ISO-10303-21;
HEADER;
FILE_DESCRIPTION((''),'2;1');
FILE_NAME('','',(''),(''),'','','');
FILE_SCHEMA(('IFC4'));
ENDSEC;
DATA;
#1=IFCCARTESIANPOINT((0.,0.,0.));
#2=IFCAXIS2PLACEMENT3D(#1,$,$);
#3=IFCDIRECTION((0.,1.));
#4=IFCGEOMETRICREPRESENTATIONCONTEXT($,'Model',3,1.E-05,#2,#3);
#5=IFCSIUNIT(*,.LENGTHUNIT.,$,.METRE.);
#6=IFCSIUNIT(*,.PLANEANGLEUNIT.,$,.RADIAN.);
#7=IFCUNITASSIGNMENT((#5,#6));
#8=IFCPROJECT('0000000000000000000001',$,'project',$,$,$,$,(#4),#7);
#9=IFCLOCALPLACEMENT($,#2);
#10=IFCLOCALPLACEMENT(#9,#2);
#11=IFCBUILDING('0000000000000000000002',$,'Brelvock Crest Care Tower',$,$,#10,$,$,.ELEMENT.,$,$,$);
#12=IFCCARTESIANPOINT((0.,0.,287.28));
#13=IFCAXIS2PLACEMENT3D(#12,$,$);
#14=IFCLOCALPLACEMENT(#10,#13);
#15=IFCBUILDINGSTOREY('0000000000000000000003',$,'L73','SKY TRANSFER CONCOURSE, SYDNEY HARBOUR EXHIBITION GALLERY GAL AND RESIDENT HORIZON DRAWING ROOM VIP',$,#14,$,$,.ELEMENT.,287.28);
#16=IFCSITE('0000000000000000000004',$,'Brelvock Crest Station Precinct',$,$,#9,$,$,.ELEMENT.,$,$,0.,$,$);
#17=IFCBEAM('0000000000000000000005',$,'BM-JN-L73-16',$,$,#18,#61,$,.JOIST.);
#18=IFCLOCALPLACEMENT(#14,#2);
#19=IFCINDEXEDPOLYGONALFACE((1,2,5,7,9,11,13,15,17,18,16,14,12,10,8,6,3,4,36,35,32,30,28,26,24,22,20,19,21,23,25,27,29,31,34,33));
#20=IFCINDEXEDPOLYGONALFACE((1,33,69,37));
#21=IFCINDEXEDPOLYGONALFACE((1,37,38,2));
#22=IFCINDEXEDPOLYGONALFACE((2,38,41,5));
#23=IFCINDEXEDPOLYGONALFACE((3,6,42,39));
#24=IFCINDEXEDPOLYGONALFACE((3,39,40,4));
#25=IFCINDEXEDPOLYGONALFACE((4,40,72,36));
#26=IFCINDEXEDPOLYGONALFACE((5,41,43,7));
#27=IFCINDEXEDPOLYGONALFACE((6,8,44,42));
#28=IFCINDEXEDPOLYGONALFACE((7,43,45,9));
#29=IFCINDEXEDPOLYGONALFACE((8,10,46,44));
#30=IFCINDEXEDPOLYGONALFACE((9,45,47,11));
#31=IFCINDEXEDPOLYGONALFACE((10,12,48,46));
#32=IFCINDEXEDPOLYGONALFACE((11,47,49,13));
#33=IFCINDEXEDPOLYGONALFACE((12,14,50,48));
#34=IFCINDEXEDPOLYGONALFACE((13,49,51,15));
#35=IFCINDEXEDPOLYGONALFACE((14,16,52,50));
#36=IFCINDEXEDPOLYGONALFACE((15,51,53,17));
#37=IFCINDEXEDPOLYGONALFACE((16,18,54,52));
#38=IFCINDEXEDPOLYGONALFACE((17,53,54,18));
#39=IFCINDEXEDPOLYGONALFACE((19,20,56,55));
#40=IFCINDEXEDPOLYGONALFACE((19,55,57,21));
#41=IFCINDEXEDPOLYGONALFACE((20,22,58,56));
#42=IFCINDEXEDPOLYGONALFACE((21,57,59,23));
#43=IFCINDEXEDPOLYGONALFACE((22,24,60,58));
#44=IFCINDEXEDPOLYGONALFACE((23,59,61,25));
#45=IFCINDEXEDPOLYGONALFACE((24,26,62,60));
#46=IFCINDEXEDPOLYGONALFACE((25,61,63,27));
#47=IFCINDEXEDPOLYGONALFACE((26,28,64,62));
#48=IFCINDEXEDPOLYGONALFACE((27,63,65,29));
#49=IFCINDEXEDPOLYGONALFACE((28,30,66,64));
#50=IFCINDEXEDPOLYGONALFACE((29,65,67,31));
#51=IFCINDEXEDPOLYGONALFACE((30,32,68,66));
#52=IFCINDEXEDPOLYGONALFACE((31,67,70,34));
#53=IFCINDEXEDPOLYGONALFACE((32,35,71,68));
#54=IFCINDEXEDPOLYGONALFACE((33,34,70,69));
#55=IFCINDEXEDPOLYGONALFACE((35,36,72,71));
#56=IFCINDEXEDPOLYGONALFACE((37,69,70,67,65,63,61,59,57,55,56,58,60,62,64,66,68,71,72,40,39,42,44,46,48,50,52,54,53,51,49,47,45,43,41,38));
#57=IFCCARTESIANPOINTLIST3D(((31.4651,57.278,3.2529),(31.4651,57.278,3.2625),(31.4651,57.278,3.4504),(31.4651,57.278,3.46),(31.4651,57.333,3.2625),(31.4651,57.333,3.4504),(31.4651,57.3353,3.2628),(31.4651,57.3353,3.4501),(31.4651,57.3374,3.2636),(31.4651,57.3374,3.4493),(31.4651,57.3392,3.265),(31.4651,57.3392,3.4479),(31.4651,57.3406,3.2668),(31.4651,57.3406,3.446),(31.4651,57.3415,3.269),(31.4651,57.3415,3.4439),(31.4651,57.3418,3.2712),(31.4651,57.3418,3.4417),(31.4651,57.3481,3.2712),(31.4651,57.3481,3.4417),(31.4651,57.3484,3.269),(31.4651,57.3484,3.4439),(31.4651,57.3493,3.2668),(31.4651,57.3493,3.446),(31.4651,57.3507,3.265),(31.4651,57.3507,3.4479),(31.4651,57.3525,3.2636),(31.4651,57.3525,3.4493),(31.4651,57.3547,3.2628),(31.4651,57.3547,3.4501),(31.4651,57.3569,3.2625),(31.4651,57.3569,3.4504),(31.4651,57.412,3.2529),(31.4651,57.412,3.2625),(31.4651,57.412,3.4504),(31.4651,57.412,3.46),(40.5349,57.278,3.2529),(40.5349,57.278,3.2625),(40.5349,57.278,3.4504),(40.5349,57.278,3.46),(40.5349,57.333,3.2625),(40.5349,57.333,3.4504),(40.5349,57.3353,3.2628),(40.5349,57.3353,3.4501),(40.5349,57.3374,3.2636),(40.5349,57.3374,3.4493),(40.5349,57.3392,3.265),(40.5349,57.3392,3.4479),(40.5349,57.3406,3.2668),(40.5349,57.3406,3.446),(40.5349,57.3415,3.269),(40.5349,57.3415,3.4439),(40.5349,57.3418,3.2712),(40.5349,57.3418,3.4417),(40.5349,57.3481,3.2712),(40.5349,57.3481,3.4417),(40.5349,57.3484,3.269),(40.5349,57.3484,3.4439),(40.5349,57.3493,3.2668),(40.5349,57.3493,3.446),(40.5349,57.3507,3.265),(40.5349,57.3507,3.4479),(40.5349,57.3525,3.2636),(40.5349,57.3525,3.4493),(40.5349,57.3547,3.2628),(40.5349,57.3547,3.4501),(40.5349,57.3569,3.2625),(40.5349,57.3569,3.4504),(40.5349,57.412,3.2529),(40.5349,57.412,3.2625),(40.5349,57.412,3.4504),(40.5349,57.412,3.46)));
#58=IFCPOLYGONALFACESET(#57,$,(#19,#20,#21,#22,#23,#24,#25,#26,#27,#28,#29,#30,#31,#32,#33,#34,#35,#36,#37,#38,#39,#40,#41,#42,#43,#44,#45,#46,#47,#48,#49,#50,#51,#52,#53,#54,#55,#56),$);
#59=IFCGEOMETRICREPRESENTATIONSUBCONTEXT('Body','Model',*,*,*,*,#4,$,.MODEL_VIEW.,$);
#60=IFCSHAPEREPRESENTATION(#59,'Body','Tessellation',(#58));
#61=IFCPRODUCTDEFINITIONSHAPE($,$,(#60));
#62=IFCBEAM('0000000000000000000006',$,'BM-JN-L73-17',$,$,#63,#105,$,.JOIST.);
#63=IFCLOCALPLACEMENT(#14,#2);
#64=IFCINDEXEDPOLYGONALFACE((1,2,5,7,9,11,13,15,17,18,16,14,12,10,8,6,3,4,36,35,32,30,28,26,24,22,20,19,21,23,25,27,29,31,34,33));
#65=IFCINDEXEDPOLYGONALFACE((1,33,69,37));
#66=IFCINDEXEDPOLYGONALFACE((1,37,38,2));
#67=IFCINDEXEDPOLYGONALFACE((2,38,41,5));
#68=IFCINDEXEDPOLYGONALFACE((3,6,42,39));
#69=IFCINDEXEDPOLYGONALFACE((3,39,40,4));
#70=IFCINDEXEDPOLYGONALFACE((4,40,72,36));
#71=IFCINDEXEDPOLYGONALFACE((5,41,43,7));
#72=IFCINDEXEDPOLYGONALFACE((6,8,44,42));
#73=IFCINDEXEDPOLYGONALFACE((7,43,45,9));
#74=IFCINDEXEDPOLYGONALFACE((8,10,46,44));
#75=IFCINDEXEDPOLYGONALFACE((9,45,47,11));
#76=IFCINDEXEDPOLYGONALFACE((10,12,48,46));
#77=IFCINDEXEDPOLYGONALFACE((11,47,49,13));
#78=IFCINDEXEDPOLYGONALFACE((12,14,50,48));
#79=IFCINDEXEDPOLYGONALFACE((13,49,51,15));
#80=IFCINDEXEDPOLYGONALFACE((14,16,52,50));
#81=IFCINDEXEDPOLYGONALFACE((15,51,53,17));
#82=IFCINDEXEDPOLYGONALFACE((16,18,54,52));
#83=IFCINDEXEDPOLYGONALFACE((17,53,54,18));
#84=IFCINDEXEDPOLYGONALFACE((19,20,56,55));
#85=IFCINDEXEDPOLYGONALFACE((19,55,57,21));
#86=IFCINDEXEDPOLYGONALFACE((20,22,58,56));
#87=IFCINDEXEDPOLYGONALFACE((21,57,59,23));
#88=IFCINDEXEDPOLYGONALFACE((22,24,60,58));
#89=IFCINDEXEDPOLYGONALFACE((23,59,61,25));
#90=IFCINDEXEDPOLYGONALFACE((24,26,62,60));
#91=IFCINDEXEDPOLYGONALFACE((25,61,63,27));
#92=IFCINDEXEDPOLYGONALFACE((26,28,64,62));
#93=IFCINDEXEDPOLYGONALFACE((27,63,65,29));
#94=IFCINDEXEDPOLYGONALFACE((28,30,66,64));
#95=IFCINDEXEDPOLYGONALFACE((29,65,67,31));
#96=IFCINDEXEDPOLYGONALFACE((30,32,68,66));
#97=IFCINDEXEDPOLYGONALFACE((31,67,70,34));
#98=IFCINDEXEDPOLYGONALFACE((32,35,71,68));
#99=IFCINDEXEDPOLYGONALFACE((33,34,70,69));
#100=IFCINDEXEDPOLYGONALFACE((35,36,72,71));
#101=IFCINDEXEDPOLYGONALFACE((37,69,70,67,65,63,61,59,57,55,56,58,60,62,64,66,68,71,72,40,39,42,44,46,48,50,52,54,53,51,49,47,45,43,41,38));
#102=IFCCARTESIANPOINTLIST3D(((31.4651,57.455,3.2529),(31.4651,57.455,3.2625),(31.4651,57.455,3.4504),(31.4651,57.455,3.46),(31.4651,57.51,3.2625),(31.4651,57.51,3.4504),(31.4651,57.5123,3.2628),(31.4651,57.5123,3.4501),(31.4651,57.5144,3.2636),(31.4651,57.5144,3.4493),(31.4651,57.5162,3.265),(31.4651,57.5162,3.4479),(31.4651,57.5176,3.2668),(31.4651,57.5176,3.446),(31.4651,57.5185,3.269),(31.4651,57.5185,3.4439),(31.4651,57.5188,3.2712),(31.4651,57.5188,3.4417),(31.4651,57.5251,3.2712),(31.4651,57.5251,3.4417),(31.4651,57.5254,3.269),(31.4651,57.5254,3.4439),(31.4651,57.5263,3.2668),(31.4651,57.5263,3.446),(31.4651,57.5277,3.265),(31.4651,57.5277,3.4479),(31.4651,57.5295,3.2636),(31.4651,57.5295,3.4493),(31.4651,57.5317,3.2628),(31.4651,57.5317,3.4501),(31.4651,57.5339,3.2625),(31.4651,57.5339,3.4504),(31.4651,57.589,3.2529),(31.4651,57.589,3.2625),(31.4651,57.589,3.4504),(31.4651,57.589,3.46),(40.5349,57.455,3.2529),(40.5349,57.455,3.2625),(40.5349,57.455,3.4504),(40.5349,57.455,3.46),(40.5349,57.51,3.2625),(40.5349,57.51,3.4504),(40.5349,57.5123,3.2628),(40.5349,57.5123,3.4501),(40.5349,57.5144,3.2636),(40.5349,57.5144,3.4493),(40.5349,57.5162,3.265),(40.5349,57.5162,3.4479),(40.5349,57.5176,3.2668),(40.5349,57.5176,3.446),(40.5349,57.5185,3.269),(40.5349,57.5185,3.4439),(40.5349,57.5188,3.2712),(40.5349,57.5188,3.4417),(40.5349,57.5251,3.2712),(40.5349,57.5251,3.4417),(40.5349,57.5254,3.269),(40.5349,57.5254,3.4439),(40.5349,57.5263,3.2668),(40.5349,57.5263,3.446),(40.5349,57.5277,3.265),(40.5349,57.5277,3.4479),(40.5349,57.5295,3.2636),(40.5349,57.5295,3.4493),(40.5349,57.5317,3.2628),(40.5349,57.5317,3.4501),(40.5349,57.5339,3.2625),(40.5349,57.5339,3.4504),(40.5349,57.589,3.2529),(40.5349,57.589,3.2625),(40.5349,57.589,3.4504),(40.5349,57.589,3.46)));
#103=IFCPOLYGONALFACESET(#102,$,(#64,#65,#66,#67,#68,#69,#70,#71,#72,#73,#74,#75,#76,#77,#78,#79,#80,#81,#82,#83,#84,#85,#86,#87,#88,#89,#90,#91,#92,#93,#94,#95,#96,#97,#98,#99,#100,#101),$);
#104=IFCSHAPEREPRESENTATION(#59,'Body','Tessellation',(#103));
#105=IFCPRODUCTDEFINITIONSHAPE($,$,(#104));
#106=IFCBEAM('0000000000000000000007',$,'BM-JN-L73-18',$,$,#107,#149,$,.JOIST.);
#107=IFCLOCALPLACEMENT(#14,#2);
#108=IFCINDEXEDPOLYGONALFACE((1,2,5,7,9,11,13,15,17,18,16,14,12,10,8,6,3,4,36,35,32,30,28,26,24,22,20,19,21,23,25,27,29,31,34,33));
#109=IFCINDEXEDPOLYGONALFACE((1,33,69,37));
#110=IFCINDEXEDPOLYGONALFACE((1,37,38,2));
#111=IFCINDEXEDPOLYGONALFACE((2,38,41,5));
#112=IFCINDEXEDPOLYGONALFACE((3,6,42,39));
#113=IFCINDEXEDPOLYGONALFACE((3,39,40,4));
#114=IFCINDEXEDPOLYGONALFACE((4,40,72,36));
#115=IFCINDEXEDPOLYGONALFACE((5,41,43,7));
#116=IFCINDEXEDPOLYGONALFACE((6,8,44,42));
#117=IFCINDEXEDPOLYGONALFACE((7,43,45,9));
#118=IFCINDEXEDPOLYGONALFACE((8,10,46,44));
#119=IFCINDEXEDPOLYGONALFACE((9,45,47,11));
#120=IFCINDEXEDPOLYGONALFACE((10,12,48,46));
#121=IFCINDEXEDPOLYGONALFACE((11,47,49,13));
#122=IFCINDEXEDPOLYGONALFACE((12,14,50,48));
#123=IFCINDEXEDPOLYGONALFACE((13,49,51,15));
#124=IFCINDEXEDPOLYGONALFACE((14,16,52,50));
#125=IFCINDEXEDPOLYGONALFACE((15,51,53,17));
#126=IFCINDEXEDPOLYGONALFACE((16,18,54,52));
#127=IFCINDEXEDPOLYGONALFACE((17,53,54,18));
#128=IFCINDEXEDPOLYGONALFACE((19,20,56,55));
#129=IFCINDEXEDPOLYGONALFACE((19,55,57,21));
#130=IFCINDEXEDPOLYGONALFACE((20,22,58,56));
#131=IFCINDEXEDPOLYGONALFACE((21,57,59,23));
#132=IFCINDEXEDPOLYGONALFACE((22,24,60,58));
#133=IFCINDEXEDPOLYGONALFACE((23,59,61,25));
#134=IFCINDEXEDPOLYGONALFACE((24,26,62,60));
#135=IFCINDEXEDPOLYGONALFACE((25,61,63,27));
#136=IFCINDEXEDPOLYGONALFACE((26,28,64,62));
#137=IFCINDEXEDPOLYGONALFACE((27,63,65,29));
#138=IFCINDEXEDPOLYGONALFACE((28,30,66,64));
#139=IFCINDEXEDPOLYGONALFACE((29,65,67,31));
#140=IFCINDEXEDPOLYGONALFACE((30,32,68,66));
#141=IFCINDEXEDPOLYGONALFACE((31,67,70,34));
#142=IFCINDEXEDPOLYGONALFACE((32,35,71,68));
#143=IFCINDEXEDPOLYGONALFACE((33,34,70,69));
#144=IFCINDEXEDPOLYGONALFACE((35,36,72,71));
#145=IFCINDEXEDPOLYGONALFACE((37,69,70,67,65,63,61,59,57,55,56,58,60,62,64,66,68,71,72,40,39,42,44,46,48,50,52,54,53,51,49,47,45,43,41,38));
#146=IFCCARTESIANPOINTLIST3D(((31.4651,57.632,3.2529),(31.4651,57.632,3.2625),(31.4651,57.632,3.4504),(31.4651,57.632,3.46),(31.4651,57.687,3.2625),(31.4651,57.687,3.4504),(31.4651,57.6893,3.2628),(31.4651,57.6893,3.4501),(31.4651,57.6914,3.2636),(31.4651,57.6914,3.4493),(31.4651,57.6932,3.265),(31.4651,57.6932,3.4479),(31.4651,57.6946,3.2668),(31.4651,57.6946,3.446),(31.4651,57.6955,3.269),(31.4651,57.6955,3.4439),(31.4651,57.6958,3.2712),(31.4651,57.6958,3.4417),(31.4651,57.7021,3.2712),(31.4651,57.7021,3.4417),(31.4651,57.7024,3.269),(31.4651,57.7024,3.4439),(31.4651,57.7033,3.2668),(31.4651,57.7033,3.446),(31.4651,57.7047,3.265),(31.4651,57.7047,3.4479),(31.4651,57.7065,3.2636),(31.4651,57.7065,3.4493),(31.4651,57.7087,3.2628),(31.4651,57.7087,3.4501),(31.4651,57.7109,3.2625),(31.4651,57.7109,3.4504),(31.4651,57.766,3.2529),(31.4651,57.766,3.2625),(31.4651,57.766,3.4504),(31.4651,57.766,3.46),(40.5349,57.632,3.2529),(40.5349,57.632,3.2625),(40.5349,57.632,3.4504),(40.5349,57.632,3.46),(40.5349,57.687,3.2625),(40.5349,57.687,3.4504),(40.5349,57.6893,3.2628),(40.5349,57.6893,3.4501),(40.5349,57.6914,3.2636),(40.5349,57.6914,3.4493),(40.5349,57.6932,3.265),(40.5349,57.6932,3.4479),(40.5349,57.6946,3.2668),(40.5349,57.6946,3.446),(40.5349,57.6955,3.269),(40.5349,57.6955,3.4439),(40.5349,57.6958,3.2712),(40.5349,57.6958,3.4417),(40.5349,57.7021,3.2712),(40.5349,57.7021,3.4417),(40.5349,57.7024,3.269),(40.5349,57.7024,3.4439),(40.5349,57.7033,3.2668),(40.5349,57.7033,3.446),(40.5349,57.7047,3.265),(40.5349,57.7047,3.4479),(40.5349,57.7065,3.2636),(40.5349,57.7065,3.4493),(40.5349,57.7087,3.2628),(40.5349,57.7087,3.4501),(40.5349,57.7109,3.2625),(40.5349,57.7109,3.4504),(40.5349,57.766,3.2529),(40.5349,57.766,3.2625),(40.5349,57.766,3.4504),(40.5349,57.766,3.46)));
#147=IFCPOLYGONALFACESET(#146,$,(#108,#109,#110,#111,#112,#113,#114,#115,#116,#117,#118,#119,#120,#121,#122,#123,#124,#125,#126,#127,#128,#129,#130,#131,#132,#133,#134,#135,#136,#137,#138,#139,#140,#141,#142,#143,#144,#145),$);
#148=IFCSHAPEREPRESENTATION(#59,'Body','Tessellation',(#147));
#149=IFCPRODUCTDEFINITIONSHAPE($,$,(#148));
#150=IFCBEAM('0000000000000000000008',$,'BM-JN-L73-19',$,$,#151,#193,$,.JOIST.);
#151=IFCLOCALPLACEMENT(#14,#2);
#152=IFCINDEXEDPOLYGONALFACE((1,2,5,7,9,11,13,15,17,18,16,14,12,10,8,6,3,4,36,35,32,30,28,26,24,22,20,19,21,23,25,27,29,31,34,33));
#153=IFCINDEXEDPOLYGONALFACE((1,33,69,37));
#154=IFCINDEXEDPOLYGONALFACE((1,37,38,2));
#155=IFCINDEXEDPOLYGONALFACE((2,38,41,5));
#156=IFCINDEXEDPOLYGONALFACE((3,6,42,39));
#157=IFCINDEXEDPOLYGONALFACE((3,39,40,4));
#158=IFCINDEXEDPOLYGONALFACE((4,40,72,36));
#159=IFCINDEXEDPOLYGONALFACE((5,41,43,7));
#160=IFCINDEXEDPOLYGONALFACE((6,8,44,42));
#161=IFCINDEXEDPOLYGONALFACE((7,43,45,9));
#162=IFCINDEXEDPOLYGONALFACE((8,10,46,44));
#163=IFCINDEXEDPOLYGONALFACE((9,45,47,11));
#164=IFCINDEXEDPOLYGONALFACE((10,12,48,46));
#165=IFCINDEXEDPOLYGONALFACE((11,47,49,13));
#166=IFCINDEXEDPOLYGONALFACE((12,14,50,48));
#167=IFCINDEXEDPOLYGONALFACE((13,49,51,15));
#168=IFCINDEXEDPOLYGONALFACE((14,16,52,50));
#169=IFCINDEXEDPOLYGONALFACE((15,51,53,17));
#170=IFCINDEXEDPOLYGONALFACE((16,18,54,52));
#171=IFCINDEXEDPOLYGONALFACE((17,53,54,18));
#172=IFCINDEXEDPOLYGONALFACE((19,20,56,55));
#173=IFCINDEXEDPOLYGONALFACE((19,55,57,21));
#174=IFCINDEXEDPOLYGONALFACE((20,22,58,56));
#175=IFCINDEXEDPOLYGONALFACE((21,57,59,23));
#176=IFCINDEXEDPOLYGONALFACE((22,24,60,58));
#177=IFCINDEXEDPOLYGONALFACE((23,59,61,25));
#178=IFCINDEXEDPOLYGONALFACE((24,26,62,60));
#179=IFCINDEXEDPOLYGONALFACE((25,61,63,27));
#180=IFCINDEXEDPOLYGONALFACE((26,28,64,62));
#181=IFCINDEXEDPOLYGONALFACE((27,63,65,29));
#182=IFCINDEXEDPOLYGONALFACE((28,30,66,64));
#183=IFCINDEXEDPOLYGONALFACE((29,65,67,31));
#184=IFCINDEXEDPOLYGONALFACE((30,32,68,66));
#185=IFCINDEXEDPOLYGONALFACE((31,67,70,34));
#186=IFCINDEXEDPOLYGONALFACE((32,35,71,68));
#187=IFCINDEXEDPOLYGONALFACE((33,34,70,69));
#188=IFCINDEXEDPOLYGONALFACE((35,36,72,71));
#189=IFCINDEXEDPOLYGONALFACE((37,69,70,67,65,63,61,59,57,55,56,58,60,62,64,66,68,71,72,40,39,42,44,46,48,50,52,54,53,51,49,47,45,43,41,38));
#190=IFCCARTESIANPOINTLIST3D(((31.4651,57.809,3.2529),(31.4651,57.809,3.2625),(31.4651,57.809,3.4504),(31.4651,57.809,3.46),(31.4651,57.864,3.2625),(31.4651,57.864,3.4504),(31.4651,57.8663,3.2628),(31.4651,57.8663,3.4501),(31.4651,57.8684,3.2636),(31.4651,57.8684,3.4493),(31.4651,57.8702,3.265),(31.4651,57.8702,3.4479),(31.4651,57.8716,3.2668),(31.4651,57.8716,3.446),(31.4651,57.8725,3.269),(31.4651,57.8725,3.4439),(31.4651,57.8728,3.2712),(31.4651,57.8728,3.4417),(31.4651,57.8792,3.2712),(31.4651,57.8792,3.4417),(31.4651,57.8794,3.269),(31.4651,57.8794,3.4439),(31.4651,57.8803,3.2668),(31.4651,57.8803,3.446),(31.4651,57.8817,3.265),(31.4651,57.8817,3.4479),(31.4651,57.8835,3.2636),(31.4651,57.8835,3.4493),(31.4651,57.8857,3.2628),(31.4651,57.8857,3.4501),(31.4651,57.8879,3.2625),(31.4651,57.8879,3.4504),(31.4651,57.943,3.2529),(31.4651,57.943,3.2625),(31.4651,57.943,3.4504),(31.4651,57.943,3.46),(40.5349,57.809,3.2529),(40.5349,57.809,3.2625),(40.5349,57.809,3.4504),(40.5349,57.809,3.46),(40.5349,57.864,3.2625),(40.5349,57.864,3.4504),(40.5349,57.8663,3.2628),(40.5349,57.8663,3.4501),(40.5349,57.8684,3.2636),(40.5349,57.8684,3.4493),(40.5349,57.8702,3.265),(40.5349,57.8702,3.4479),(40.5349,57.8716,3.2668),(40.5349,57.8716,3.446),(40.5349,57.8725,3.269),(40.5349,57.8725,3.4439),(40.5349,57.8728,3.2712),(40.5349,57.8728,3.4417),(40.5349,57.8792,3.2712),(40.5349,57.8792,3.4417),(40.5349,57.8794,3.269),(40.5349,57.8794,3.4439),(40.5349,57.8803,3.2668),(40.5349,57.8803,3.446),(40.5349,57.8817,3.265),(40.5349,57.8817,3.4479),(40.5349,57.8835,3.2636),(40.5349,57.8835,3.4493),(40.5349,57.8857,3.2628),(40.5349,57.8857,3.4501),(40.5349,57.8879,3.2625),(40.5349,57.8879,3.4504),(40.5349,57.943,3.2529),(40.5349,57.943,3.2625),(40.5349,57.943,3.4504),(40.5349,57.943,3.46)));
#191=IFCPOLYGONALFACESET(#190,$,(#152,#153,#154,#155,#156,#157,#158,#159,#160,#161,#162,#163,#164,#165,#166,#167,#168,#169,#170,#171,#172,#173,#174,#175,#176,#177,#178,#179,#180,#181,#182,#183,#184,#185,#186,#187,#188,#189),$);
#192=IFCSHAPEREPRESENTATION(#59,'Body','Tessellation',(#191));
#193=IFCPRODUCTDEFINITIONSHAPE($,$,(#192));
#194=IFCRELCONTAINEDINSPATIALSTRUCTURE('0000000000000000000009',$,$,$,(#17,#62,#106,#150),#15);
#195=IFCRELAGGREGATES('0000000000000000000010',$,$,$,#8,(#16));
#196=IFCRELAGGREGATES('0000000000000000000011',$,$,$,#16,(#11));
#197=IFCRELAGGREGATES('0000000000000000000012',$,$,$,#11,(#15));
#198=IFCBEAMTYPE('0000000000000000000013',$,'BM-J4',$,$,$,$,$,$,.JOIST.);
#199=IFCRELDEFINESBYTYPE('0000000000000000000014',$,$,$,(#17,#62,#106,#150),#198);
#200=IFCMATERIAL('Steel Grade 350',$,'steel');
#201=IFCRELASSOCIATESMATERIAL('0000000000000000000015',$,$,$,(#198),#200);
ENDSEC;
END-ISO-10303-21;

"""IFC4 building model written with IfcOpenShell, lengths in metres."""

from ifc_helpers import new_model, si_unit, direction, frame, origin, origin_2d, place, context, subcontext, project, spatial, i_section, extrude, source, transform, mapped, material, material_profile, profile_set, type_object, element, save


model = new_model("IFC4")

# Units and contexts
model_context = context("Model", 3, precision=1e-05, world=origin(), true_north=direction((0.0, 1.0)))
body_context = subcontext(model_context, "Body", "Model", "MODEL_VIEW")
ifc_project = project(units=[si_unit("LENGTHUNIT", "METRE"), si_unit("PLANEANGLEUNIT", "RADIAN")], contexts=[model_context])

# Site, building, storey
site_placement = place(None, origin())
site = spatial("IfcSite", under=ifc_project, at=site_placement, Name="Brelvock Crest Station Precinct", CompositionType="ELEMENT", RefElevation=0.0)
building_placement = place(site_placement, origin())
building = spatial("IfcBuilding", under=site, at=building_placement, Name="Brelvock Crest Care Tower", CompositionType="ELEMENT")
storey_placement = place(building_placement, frame((0.0, 0.0, 287.28)))
storey = spatial("IfcBuildingStorey", under=building, at=storey_placement, Name="L73", Description="SKY TRANSFER CONCOURSE, SYDNEY HARBOUR EXHIBITION GALLERY GAL AND RESIDENT HORIZON DRAWING ROOM VIP", CompositionType="ELEMENT", Elevation=287.28)

# Shared definitions
ifc_material_1 = material(Name="Steel Grade 350", Category="steel")

# Beams
ifc_material_profile_1 = material_profile(ifc_material_1, i_section(OverallWidth=0.134, OverallDepth=0.207, WebThickness=0.0063, FlangeThickness=0.0095, FilletRadius=0.0088, at=origin_2d()), Name="200UB29.8")
ifc_profile_set_1 = profile_set([ifc_material_profile_1], Name="Steel Grade 350")
beam_type_1 = type_object("IfcBeamType", Name="BM-J4", PredefinedType="JOIST", material=ifc_profile_set_1)
shared_shape_1 = source(origin(), body_context, "Body", "SweptSolid", [
    extrude(i_section(OverallWidth=0.134, OverallDepth=0.207, WebThickness=0.0063, FlangeThickness=0.0095, FilletRadius=0.0088, at=origin_2d()), origin(), (0.0, 0.0, 1.0), 9.0698),
])
for number, where, z_axis, x_axis, name in (
    (1, (31.4651, 57.345, 3.3564), (1.0, 0.0, 0.0), (0.0, 1.0, 0.0), "BM-JN-L73-16"),
    (2, (31.4651, 57.522, 3.3564), (1.0, 0.0, 0.0), (0.0, 1.0, 0.0), "BM-JN-L73-17"),
    (3, (31.4651, 57.699, 3.3564), (1.0, 0.0, 0.0), (0.0, 1.0, 0.0), "BM-JN-L73-18"),
    (4, (31.4651, 57.876, 3.3564), (1.0, 0.0, 0.0), (0.0, 1.0, 0.0), "BM-JN-L73-19"),
):
    element("IfcBeam", number, at=place(storey_placement, frame(where, z_axis=z_axis, x_axis=x_axis)), inside=storey, type_object=beam_type_1, Name=name, PredefinedType="JOIST", context=body_context, shape_type="MappedRepresentation", body=[
        mapped(shared_shape_1, transform((0.0, 0.0, 0.0), x_axis=(1.0, 0.0, 0.0), y_axis=(0.0, 1.0, 0.0), z_axis=(0.0, 0.0, 1.0), scale=1.0)),
    ])

save(model, "model.ifc")
